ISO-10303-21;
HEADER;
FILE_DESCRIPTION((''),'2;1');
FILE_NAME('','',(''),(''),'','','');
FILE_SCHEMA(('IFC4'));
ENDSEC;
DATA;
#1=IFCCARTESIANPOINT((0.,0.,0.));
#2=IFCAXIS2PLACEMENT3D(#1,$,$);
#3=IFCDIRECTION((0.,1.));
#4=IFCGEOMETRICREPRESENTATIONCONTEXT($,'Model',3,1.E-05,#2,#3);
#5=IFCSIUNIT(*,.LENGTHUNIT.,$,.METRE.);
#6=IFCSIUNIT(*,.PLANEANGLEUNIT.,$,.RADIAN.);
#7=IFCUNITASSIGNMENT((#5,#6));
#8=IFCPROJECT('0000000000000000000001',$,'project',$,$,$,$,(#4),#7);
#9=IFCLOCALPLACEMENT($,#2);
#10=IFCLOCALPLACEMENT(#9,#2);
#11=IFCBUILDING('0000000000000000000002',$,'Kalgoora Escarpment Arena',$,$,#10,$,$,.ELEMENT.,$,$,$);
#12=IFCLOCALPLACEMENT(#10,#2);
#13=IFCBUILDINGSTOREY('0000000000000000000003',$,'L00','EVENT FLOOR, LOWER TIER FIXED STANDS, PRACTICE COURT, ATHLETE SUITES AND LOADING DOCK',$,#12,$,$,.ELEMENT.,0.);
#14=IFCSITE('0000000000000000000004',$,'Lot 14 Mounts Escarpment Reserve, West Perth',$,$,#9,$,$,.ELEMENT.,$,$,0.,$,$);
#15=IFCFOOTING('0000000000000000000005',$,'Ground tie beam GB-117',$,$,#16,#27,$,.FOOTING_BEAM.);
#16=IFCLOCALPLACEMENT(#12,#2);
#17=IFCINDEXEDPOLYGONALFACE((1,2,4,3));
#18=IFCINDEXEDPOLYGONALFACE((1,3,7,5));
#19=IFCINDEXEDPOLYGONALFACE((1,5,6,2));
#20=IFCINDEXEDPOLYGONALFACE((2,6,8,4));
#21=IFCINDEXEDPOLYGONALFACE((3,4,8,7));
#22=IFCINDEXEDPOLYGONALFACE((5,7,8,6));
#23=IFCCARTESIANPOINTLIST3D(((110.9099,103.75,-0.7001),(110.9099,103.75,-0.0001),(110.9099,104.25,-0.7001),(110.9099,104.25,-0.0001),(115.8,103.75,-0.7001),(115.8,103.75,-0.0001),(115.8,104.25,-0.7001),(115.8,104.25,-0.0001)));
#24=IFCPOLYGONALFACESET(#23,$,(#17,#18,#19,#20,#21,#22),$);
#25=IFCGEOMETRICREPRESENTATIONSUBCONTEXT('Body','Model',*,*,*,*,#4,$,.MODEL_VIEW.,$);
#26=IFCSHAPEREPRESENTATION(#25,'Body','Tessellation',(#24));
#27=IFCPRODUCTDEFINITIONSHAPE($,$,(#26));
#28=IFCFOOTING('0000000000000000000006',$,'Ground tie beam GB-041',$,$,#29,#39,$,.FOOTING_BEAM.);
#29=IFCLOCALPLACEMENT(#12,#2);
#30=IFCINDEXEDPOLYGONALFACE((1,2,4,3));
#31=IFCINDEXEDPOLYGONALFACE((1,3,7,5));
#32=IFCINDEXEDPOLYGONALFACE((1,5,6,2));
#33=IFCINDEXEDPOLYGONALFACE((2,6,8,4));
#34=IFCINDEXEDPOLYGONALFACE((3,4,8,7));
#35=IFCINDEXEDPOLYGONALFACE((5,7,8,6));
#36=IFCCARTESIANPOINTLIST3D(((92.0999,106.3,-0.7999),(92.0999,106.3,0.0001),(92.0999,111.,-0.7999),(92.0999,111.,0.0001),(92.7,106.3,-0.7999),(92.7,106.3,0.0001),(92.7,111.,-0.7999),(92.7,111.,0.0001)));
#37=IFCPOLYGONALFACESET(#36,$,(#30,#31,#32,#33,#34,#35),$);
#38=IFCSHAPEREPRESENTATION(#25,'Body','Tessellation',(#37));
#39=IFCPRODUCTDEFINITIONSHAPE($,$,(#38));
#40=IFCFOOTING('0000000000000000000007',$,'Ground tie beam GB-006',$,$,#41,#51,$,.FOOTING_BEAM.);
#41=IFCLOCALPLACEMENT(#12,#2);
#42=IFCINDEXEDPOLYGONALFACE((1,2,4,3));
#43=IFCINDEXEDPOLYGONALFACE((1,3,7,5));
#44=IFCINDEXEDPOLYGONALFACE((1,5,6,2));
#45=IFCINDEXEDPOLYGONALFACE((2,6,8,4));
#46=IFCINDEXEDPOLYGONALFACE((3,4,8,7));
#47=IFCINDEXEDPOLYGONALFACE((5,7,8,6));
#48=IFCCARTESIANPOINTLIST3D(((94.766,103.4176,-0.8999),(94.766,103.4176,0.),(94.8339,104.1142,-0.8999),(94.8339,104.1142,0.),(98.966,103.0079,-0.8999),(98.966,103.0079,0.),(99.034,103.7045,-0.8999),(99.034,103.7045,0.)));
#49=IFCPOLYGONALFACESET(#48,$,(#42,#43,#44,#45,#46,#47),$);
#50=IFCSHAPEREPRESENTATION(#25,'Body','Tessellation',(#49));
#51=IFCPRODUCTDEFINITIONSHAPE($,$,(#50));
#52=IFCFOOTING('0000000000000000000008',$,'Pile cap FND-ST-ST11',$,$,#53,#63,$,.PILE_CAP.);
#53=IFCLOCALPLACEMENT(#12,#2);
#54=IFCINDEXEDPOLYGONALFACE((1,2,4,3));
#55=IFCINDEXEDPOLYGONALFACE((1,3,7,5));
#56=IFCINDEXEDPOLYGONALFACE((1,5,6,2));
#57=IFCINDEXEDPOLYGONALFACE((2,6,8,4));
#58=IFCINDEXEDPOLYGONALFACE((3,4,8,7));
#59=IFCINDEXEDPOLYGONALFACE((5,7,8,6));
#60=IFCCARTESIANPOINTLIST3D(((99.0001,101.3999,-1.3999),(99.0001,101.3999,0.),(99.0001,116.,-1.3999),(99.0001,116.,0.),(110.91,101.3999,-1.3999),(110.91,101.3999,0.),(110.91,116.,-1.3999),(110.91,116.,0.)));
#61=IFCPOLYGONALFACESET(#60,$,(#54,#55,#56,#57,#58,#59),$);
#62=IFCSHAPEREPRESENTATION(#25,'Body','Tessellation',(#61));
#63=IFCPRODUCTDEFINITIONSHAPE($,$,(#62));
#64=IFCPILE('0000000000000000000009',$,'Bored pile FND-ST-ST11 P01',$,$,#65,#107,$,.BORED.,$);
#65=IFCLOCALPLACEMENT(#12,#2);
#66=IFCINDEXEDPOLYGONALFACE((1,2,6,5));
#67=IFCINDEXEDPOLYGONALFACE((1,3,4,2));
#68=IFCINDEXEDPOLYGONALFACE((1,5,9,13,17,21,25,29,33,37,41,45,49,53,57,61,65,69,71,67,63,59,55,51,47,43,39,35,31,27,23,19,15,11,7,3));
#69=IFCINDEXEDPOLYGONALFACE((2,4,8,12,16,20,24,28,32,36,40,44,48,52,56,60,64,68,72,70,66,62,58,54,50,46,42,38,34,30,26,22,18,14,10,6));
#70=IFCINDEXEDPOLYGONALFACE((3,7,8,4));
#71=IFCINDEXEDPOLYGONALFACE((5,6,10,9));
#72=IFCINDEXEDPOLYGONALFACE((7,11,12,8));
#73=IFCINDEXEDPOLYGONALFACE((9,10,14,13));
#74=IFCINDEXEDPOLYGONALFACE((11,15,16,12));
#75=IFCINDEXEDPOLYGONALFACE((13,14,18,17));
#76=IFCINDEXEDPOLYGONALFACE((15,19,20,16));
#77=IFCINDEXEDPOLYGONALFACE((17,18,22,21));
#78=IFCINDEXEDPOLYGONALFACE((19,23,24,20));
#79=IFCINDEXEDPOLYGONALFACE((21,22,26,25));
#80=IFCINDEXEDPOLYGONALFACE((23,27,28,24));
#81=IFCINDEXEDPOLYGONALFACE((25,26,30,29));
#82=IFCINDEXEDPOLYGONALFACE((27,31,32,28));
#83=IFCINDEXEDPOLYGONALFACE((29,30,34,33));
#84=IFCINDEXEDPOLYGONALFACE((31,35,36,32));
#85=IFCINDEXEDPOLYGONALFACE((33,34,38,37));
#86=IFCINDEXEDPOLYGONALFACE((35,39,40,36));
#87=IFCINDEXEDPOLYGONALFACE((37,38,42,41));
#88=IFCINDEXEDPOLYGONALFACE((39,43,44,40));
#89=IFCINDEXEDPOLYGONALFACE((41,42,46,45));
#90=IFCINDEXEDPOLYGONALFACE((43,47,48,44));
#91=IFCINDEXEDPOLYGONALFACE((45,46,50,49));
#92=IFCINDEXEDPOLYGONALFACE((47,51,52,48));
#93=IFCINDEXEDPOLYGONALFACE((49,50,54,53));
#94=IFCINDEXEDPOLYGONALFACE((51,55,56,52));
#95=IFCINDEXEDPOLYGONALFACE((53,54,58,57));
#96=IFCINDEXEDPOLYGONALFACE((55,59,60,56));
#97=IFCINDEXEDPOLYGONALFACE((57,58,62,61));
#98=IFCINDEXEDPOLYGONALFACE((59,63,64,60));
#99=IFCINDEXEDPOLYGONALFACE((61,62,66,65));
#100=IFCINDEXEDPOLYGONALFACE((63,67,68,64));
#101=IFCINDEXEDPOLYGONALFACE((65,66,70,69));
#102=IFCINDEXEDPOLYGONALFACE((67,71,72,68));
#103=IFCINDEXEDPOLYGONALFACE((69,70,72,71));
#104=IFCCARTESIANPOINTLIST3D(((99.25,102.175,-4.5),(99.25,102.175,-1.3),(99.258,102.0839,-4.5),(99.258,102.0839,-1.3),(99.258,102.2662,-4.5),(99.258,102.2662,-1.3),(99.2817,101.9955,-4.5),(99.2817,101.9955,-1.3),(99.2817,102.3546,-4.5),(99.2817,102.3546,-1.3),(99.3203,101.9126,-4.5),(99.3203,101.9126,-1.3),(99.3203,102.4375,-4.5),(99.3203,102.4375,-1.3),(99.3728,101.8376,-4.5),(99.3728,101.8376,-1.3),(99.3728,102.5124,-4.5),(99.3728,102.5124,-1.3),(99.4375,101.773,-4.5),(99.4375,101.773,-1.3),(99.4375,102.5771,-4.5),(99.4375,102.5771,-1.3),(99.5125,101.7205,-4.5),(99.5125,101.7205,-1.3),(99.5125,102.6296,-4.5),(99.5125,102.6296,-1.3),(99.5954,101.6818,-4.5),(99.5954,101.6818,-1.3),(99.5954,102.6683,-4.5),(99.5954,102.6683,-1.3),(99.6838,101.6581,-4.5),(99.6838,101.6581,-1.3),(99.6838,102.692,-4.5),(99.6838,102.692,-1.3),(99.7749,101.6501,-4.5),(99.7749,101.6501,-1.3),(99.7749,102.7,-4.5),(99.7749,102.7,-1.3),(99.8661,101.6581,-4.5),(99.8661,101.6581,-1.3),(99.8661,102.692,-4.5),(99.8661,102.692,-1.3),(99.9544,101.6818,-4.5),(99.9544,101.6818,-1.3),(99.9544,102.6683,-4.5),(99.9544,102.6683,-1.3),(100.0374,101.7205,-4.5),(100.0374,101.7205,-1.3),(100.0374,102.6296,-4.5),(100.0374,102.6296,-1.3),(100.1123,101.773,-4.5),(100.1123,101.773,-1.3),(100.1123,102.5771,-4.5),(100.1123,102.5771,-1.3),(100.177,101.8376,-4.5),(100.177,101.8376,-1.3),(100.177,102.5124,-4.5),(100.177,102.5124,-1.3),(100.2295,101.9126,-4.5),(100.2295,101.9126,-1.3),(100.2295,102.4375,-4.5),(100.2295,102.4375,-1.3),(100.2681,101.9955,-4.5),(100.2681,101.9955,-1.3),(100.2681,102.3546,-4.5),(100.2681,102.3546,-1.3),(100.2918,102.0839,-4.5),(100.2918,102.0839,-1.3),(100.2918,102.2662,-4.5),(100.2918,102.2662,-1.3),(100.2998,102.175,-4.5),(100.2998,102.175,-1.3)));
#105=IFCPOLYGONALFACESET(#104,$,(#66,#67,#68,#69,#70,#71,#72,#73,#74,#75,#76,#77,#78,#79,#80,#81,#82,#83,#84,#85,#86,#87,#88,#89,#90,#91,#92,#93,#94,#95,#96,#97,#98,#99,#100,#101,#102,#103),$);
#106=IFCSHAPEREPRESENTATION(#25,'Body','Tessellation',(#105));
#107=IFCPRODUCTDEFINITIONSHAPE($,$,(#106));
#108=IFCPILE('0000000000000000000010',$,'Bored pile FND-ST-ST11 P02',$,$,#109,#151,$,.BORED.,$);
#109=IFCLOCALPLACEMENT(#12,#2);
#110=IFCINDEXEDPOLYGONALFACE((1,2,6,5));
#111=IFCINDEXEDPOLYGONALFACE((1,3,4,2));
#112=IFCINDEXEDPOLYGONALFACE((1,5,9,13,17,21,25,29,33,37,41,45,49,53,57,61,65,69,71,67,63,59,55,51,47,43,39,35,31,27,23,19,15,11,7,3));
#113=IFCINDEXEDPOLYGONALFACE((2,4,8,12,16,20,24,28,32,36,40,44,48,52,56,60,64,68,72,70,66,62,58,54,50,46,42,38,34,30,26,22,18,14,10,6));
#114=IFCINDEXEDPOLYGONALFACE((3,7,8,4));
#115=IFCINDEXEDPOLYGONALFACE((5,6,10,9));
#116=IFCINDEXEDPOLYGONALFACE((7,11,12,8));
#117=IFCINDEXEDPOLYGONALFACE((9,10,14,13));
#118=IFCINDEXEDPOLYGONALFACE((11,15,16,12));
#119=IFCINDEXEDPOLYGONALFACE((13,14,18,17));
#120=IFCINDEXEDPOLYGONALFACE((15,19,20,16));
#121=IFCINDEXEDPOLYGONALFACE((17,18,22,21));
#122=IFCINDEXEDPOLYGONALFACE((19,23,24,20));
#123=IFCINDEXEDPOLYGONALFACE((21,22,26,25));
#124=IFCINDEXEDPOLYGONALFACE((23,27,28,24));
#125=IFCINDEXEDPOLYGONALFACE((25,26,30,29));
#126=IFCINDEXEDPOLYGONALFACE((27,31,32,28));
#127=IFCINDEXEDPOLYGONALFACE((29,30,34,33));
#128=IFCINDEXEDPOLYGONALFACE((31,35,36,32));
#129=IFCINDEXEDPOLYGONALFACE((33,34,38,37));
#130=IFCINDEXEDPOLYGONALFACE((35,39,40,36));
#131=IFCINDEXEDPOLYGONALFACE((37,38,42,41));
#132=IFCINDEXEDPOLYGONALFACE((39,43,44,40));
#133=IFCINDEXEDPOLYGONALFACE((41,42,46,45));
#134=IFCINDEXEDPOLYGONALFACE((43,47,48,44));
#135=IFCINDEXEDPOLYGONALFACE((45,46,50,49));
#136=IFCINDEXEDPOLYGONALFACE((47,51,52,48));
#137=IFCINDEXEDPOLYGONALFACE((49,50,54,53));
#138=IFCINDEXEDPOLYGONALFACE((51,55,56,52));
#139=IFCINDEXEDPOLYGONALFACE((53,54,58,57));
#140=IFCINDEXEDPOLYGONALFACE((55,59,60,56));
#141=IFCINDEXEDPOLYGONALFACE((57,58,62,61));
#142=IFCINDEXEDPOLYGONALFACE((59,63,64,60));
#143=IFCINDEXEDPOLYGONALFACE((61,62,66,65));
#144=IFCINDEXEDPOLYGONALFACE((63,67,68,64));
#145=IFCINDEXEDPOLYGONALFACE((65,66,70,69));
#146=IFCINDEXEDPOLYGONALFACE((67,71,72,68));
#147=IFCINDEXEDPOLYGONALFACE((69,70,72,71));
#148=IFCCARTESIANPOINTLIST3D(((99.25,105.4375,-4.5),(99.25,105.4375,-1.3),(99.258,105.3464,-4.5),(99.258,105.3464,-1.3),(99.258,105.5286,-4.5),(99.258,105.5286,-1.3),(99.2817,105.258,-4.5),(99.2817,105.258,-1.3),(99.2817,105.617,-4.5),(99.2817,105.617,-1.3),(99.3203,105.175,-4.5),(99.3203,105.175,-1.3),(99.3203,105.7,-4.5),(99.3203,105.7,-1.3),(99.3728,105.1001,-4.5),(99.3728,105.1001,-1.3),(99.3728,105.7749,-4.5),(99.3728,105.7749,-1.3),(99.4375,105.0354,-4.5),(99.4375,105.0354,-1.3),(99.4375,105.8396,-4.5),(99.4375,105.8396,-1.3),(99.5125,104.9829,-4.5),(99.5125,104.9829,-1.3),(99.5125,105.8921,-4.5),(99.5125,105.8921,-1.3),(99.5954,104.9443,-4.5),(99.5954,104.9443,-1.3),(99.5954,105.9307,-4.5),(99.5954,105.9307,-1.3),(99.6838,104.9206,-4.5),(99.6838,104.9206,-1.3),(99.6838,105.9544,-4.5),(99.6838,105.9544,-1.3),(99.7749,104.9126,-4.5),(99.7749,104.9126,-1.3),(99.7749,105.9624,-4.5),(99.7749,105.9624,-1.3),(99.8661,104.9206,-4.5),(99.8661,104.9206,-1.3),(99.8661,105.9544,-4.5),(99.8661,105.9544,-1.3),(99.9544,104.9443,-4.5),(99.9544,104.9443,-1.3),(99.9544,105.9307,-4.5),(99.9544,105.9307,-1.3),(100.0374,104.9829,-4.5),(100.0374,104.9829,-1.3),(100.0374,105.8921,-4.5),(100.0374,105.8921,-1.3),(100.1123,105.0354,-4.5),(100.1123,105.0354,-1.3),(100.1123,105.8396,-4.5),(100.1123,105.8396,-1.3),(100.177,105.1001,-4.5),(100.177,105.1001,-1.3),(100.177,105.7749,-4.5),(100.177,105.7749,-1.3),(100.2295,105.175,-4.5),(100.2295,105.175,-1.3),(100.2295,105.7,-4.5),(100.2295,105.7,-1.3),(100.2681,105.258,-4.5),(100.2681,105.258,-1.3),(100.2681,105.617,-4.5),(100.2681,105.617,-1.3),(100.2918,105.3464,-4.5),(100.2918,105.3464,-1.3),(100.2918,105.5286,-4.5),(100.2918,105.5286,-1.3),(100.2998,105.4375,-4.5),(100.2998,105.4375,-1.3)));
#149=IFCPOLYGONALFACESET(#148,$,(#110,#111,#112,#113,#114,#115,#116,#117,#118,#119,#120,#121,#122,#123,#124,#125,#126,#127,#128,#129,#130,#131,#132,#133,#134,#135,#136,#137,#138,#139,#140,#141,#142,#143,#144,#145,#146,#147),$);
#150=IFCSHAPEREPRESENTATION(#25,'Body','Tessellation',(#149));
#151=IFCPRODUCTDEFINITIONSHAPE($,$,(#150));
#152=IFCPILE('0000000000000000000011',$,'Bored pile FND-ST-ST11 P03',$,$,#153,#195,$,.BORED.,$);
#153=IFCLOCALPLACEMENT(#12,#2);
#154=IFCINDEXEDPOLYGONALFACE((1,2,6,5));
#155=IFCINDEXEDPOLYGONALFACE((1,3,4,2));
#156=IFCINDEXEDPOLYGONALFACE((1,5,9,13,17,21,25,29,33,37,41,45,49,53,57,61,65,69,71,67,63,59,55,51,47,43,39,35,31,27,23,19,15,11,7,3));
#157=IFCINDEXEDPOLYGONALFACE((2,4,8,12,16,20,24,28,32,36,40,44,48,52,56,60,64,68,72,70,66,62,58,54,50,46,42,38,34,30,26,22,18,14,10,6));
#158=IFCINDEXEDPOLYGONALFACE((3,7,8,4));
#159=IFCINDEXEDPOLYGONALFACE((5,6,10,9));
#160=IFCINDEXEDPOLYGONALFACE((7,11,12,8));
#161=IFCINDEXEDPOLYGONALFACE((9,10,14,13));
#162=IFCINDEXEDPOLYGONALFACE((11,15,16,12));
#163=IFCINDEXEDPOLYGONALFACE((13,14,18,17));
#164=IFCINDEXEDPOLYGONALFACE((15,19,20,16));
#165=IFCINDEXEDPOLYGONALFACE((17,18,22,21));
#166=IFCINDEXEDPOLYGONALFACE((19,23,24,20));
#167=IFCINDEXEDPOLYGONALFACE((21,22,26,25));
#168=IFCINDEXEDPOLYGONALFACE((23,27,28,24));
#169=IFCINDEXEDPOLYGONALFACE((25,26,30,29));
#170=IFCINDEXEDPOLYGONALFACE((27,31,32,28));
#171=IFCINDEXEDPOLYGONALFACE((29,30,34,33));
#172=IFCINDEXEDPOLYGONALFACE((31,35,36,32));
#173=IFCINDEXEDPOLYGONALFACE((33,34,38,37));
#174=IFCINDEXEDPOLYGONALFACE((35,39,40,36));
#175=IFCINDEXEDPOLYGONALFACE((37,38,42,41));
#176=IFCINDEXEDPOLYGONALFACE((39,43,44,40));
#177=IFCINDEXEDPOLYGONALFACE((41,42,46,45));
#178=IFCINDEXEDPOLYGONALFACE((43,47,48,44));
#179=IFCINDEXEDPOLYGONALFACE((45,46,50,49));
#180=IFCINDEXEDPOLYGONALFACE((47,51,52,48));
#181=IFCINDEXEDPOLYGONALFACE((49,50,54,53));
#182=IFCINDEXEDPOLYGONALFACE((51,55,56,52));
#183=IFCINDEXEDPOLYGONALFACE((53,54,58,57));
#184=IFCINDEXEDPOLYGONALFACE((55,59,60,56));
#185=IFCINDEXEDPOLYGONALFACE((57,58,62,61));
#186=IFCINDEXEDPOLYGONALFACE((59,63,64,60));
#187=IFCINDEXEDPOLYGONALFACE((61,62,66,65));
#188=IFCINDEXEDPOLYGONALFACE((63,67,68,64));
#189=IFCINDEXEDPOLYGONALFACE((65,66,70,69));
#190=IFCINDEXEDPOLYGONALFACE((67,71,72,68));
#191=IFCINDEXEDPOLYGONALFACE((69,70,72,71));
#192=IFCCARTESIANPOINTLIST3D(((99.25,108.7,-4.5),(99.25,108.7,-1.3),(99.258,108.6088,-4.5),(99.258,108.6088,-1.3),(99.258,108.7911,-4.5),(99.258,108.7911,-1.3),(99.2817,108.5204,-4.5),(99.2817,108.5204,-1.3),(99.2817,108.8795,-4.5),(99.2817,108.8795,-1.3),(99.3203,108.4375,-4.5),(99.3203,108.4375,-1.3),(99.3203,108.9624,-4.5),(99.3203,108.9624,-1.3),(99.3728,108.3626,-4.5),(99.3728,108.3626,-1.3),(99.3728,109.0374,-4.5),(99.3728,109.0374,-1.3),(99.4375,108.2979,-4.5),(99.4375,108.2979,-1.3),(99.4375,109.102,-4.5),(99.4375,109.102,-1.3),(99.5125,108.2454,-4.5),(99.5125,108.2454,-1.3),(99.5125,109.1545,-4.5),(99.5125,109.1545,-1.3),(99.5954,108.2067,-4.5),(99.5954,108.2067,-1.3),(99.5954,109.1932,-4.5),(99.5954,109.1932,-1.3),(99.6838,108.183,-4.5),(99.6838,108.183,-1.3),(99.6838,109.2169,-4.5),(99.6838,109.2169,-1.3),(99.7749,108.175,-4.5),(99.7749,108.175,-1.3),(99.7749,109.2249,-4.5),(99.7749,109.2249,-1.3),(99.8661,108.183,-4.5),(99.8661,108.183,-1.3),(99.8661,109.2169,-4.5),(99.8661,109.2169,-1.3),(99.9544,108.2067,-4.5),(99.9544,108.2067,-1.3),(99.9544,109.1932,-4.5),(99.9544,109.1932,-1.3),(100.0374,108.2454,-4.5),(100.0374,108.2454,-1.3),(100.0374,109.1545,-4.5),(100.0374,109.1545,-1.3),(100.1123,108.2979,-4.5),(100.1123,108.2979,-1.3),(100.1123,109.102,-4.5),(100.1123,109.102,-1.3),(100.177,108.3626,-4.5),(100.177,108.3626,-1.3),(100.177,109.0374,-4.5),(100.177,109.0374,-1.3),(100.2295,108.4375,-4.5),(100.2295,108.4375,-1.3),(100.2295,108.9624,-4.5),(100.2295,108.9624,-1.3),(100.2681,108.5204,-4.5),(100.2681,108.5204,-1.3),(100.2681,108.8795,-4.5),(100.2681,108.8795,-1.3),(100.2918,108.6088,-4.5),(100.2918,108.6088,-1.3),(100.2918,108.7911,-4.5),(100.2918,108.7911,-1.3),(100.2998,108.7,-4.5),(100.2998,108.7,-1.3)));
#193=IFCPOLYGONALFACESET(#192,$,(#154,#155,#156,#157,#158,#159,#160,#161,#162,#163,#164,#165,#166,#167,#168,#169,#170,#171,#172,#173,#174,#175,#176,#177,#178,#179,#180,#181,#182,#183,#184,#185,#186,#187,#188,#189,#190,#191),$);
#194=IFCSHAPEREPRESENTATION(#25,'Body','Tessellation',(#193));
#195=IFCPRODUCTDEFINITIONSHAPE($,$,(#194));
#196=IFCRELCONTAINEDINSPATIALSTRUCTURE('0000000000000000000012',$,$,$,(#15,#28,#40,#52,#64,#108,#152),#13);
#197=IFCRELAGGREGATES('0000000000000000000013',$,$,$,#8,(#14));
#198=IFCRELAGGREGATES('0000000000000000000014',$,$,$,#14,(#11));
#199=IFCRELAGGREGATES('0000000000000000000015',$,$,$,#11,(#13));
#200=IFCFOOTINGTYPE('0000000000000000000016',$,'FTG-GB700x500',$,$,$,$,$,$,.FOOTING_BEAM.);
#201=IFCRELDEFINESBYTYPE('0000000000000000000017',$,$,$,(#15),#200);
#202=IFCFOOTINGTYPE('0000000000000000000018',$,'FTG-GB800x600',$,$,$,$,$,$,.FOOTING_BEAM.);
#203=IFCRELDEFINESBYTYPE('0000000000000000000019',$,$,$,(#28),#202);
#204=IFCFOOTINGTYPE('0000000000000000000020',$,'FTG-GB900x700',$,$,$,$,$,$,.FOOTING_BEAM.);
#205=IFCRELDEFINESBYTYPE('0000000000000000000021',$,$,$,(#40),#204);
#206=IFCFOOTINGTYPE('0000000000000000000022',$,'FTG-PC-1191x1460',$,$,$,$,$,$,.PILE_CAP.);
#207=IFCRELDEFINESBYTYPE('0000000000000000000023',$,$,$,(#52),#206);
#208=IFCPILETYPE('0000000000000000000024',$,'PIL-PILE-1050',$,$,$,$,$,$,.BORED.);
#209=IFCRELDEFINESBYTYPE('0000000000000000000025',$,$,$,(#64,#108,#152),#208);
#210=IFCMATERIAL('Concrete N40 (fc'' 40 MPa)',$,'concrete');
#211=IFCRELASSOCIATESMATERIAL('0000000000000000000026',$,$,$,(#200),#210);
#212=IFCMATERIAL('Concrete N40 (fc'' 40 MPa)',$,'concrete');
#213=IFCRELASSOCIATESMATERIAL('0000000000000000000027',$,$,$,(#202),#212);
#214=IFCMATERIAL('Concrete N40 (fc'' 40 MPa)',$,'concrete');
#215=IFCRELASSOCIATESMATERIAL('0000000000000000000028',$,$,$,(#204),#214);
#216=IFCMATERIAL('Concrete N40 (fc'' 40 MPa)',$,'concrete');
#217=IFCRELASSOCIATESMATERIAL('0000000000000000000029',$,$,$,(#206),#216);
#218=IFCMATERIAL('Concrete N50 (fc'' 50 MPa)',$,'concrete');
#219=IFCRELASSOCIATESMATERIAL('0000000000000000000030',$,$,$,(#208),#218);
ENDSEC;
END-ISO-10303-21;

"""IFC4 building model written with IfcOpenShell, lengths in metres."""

from ifc_helpers import new_model, si_unit, direction, frame, origin, origin_2d, place, context, subcontext, project, spatial, rectangle, circle, extrude, material, material_profile, profile_set, type_object, element, save


model = new_model("IFC4")

# Units and contexts
model_context = context("Model", 3, precision=1e-05, world=origin(), true_north=direction((0.0, 1.0)))
body_context = subcontext(model_context, "Body", "Model", "MODEL_VIEW")
ifc_project = project(units=[si_unit("LENGTHUNIT", "METRE"), si_unit("PLANEANGLEUNIT", "RADIAN")], contexts=[model_context])

# Site, building, storey
site_placement = place(None, origin())
site = spatial("IfcSite", under=ifc_project, at=site_placement, Name="Lot 14 Mounts Escarpment Reserve, West Perth", CompositionType="ELEMENT", RefElevation=0.0)
building_placement = place(site_placement, origin())
building = spatial("IfcBuilding", under=site, at=building_placement, Name="Kalgoora Escarpment Arena", CompositionType="ELEMENT")
storey_placement = place(building_placement, origin())
storey = spatial("IfcBuildingStorey", under=building, at=storey_placement, Name="L00", Description="EVENT FLOOR, LOWER TIER FIXED STANDS, PRACTICE COURT, ATHLETE SUITES AND LOADING DOCK", CompositionType="ELEMENT", Elevation=0.0)

# Footings
ifc_material_1 = material(Name="Concrete N40 (fc' 40 MPa)", Category="concrete")
ifc_material_profile_1 = material_profile(ifc_material_1, rectangle(XDim=0.5, YDim=0.7, at=origin_2d()))
ifc_profile_set_1 = profile_set([ifc_material_profile_1], Name="Concrete N40 (fc' 40 MPa)")
footing_type_1 = type_object("IfcFootingType", Name="FTG-GB700x500", PredefinedType="FOOTING_BEAM", material=ifc_profile_set_1)
footing_1_placement = place(storey_placement, frame((110.9099, 104.0, -0.3501), z_axis=(1.0, 0.0, 0.0), x_axis=(0.0, 1.0, 0.0)))
element("IfcFooting", 1, at=footing_1_placement, inside=storey, type_object=footing_type_1, Name="Ground tie beam GB-117", PredefinedType="FOOTING_BEAM", context=body_context, shape_type="SweptSolid", body=[
    extrude(rectangle(XDim=0.5, YDim=0.7, at=origin_2d()), origin(), (0.0, 0.0, 1.0), 4.8901),
])
ifc_material_2 = material(Name="Concrete N40 (fc' 40 MPa)", Category="concrete")
ifc_material_profile_2 = material_profile(ifc_material_2, rectangle(XDim=0.6001, YDim=0.8, at=origin_2d()))
ifc_profile_set_2 = profile_set([ifc_material_profile_2], Name="Concrete N40 (fc' 40 MPa)")
footing_type_2 = type_object("IfcFootingType", Name="FTG-GB800x600", PredefinedType="FOOTING_BEAM", material=ifc_profile_set_2)
footing_2_placement = place(storey_placement, frame((92.3999, 106.3, -0.3999), z_axis=(0.0, 1.0, 0.0), x_axis=(-1.0, 0.0, 0.0)))
element("IfcFooting", 2, at=footing_2_placement, inside=storey, type_object=footing_type_2, Name="Ground tie beam GB-041", PredefinedType="FOOTING_BEAM", context=body_context, shape_type="SweptSolid", body=[
    extrude(rectangle(XDim=0.6001, YDim=0.8, at=origin_2d()), origin(), (0.0, 0.0, 1.0), 4.7),
])
ifc_material_3 = material(Name="Concrete N40 (fc' 40 MPa)", Category="concrete")
ifc_material_profile_3 = material_profile(ifc_material_3, rectangle(XDim=0.7, YDim=0.8999, at=origin_2d()))
ifc_profile_set_3 = profile_set([ifc_material_profile_3], Name="Concrete N40 (fc' 40 MPa)")
footing_type_3 = type_object("IfcFootingType", Name="FTG-GB900x700", PredefinedType="FOOTING_BEAM", material=ifc_profile_set_3)
footing_3_placement = place(storey_placement, frame((99.0, 103.3562, -0.45), z_axis=(-0.995277, 0.09708, 0.0), x_axis=(-0.09708, -0.995277, 0.0)))
element("IfcFooting", 3, at=footing_3_placement, inside=storey, type_object=footing_type_3, Name="Ground tie beam GB-006", PredefinedType="FOOTING_BEAM", context=body_context, shape_type="SweptSolid", body=[
    extrude(rectangle(XDim=0.7, YDim=0.8999, at=origin_2d()), origin(), (0.0, 0.0, 1.0), 4.22),
])
ifc_material_4 = material(Name="Concrete N40 (fc' 40 MPa)", Category="concrete")
footing_type_4 = type_object("IfcFootingType", Name="FTG-PC-1191x1460", PredefinedType="PILE_CAP", material=ifc_material_4)
footing_4_placement = place(storey_placement, frame((104.9551, 108.7, -1.3999), z_axis=(0.0, 0.0, 1.0), x_axis=(1.0, 0.0, 0.0)))
element("IfcFooting", 4, at=footing_4_placement, inside=storey, type_object=footing_type_4, Name="Pile cap FND-ST-ST11", PredefinedType="PILE_CAP", context=body_context, shape_type="SweptSolid", body=[
    extrude(rectangle(XDim=11.9099, YDim=14.6001, at=origin_2d()), origin(), (0.0, 0.0, 1.0), 1.3999),
])

# Piles
ifc_material_5 = material(Name="Concrete N50 (fc' 50 MPa)", Category="concrete")
ifc_material_profile_4 = material_profile(ifc_material_5, circle(Radius=0.5249, at=origin_2d()))
ifc_profile_set_4 = profile_set([ifc_material_profile_4], Name="Concrete N50 (fc' 50 MPa)")
pile_type_1 = type_object("IfcPileType", Name="PIL-PILE-1050", PredefinedType="BORED", material=ifc_profile_set_4)
for number, where, z_axis, x_axis, name in (
    (5, (99.7749, 102.175, -1.3), (0.0, 0.0, -1.0), (1.0, 0.0, 0.0), "Bored pile FND-ST-ST11 P01"),
    (6, (99.7749, 105.4375, -1.3), (0.0, 0.0, -1.0), (1.0, 0.0, 0.0), "Bored pile FND-ST-ST11 P02"),
    (7, (99.7749, 108.7, -1.3), (0.0, 0.0, -1.0), (1.0, 0.0, 0.0), "Bored pile FND-ST-ST11 P03"),
):
    element("IfcPile", number, at=place(storey_placement, frame(where, z_axis=z_axis, x_axis=x_axis)), inside=storey, type_object=pile_type_1, Name=name, PredefinedType="BORED", context=body_context, shape_type="SweptSolid", body=[
        extrude(circle(Radius=0.5249, at=origin_2d()), origin(), (0.0, 0.0, 1.0), 3.2),
    ])

save(model, "model.ifc")
